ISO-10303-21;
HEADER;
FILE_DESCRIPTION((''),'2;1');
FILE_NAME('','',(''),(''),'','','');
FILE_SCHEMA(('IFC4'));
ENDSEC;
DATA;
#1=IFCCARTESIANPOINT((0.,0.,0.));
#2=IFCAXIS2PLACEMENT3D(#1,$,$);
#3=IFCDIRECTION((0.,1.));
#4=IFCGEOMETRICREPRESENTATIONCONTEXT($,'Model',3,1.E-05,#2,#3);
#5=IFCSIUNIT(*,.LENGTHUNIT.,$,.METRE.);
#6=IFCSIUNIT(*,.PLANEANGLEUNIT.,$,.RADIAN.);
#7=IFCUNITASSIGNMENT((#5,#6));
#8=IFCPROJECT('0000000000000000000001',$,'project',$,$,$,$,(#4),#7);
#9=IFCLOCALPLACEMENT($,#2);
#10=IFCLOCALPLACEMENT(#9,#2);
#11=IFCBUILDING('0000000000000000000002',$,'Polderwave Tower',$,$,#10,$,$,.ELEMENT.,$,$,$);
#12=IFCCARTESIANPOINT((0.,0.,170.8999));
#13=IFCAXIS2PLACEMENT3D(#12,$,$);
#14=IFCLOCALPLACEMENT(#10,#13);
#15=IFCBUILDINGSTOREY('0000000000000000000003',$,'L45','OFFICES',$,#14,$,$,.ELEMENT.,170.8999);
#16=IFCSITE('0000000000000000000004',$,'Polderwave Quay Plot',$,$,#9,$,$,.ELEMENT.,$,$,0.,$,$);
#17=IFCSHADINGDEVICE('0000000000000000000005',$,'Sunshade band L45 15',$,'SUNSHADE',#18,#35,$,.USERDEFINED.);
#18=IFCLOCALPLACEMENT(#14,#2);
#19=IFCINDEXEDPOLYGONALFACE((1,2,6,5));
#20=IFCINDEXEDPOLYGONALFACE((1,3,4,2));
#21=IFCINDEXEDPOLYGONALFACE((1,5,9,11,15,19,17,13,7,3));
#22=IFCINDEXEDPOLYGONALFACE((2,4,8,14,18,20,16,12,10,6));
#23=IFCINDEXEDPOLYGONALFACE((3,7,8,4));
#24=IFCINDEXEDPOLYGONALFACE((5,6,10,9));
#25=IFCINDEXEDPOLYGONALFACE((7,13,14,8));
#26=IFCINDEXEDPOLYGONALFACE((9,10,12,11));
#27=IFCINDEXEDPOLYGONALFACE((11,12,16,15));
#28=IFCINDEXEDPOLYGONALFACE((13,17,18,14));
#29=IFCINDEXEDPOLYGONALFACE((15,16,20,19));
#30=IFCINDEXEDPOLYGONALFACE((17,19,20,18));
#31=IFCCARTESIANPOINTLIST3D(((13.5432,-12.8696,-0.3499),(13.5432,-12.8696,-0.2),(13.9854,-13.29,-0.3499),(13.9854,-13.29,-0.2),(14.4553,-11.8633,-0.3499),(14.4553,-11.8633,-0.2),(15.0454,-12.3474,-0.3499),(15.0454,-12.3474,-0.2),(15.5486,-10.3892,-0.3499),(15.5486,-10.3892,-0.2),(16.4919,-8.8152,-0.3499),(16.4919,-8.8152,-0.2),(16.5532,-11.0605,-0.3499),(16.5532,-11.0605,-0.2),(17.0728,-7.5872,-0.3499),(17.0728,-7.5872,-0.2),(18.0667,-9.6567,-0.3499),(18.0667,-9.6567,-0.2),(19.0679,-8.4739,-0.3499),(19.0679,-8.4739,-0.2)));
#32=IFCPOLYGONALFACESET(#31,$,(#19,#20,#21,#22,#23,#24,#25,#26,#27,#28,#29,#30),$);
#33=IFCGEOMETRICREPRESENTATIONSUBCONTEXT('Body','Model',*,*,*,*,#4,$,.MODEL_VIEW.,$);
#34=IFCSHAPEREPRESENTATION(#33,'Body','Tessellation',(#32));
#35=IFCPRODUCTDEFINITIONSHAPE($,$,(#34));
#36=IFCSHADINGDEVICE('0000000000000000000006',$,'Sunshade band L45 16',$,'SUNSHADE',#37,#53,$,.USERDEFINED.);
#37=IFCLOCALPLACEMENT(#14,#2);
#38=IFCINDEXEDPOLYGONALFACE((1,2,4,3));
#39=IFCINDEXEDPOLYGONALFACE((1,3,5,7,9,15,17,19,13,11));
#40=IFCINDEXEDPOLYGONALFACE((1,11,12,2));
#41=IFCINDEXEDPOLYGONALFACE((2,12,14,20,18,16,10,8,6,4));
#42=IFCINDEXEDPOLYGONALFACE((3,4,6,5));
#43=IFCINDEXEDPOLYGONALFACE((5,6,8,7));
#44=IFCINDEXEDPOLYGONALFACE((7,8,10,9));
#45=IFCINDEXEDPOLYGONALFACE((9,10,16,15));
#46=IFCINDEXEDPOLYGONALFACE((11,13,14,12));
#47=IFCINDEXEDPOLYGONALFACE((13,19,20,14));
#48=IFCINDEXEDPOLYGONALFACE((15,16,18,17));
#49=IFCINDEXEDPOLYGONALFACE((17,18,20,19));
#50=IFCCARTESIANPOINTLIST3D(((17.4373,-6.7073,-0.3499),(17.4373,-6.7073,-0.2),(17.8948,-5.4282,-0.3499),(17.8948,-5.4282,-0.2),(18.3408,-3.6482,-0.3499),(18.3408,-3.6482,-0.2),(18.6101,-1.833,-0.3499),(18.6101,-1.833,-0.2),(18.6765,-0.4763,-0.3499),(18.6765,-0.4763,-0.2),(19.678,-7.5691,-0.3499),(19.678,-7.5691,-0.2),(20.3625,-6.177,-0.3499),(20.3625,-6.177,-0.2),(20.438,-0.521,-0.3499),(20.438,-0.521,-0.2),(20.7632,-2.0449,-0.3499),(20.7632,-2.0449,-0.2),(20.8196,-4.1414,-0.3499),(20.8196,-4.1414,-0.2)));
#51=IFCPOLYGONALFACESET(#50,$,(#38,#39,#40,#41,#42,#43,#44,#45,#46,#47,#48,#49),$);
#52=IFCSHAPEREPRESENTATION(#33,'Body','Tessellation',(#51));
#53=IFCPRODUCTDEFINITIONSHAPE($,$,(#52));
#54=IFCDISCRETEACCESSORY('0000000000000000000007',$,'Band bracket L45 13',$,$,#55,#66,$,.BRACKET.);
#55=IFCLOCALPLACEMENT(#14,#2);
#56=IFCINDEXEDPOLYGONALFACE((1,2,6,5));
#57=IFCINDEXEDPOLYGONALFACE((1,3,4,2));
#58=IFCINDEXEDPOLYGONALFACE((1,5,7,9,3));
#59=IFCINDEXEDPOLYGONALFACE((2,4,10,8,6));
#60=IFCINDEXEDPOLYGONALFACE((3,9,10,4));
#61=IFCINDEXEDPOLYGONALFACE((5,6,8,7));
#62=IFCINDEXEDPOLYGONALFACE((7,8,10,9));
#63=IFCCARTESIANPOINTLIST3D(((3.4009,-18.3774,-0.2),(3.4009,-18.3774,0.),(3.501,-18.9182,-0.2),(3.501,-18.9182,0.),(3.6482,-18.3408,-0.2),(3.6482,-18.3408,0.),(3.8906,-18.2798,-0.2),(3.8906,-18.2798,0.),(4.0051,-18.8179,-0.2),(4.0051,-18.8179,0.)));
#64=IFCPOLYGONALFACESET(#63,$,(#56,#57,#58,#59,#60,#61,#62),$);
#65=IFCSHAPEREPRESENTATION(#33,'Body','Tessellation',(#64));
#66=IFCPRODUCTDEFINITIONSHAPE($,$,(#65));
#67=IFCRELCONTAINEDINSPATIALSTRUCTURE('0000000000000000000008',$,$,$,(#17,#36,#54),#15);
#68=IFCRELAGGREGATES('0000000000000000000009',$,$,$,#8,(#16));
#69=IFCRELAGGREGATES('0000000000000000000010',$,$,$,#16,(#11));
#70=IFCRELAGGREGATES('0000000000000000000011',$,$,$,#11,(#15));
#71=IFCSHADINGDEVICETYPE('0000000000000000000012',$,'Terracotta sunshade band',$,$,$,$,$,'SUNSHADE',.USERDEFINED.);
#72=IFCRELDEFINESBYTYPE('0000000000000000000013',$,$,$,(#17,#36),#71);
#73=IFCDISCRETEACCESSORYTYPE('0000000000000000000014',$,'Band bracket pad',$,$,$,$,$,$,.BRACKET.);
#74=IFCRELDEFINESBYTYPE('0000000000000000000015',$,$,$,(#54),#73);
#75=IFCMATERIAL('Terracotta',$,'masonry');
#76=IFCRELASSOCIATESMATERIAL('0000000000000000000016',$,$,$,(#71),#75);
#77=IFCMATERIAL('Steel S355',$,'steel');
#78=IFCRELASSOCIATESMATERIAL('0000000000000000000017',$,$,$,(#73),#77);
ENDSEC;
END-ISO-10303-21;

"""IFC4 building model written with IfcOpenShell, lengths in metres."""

from ifc_helpers import new_model, si_unit, direction, frame, origin, place, context, subcontext, project, spatial, polyline, outline, extrude, material, type_object, element, save


model = new_model("IFC4")

# Units and contexts
model_context = context("Model", 3, precision=1e-05, world=origin(), true_north=direction((0.0, 1.0)))
body_context = subcontext(model_context, "Body", "Model", "MODEL_VIEW")
ifc_project = project(units=[si_unit("LENGTHUNIT", "METRE"), si_unit("PLANEANGLEUNIT", "RADIAN")], contexts=[model_context])

# Site, building, storey
site_placement = place(None, origin())
site = spatial("IfcSite", under=ifc_project, at=site_placement, Name="Polderwave Quay Plot", CompositionType="ELEMENT", RefElevation=0.0)
building_placement = place(site_placement, origin())
building = spatial("IfcBuilding", under=site, at=building_placement, Name="Polderwave Tower", CompositionType="ELEMENT")
storey_placement = place(building_placement, frame((0.0, 0.0, 170.8999)))
storey = spatial("IfcBuildingStorey", under=building, at=storey_placement, Name="L45", Description="OFFICES", CompositionType="ELEMENT", Elevation=170.8999)

# Shared definitions
ifc_material_1 = material(Name="Steel S355", Category="steel")

# Shading devices
ifc_material_2 = material(Name="Terracotta", Category="masonry")
shading_device_type = type_object("IfcShadingDeviceType", Name="Terracotta sunshade band", ElementType="SUNSHADE", PredefinedType="USERDEFINED", material=ifc_material_2)
shading_device_1_placement = place(storey_placement, frame((0.0, 0.0, -0.3499)))
element("IfcShadingDevice", 1, at=shading_device_1_placement, inside=storey, type_object=shading_device_type, Name="Sunshade band L45 15", ObjectType="SUNSHADE", PredefinedType="USERDEFINED", context=body_context, shape_type="SweptSolid", body=[
    extrude(outline(polyline([(13.5432, -12.8696), (14.4553, -11.8633), (15.5486, -10.3892), (16.4919, -8.8152), (17.0728, -7.5872), (19.0679, -8.4739), (18.0667, -9.6567), (16.5532, -11.0605), (15.0454, -12.3474), (13.9854, -13.29), (13.5432, -12.8696)])), origin(), (0.0, 0.0, 1.0), 0.1499),
])
shading_device_2_placement = place(storey_placement, frame((0.0, 0.0, -0.3499)))
element("IfcShadingDevice", 2, at=shading_device_2_placement, inside=storey, type_object=shading_device_type, Name="Sunshade band L45 16", ObjectType="SUNSHADE", PredefinedType="USERDEFINED", context=body_context, shape_type="SweptSolid", body=[
    extrude(outline(polyline([(17.4373, -6.7073), (17.8948, -5.4282), (18.3408, -3.6482), (18.6101, -1.833), (18.6765, -0.4763), (20.438, -0.521), (20.7632, -2.0449), (20.8196, -4.1414), (20.3625, -6.177), (19.678, -7.5691), (17.4373, -6.7073)])), origin(), (0.0, 0.0, 1.0), 0.1499),
])

# Discrete accessory
discrete_accessory_type = type_object("IfcDiscreteAccessoryType", Name="Band bracket pad", PredefinedType="BRACKET", material=ifc_material_1)
discrete_accessory_placement = place(storey_placement, frame((0.0, 0.0, -0.2)))
element("IfcDiscreteAccessory", 3, at=discrete_accessory_placement, inside=storey, type_object=discrete_accessory_type, Name="Band bracket L45 13", PredefinedType="BRACKET", context=body_context, shape_type="SweptSolid", body=[
    extrude(outline(polyline([(3.4009, -18.3774), (3.6482, -18.3408), (3.8906, -18.2798), (4.0051, -18.8179), (3.501, -18.9182), (3.4009, -18.3774)])), origin(), (0.0, 0.0, 1.0), 0.2),
])

save(model, "model.ifc")
